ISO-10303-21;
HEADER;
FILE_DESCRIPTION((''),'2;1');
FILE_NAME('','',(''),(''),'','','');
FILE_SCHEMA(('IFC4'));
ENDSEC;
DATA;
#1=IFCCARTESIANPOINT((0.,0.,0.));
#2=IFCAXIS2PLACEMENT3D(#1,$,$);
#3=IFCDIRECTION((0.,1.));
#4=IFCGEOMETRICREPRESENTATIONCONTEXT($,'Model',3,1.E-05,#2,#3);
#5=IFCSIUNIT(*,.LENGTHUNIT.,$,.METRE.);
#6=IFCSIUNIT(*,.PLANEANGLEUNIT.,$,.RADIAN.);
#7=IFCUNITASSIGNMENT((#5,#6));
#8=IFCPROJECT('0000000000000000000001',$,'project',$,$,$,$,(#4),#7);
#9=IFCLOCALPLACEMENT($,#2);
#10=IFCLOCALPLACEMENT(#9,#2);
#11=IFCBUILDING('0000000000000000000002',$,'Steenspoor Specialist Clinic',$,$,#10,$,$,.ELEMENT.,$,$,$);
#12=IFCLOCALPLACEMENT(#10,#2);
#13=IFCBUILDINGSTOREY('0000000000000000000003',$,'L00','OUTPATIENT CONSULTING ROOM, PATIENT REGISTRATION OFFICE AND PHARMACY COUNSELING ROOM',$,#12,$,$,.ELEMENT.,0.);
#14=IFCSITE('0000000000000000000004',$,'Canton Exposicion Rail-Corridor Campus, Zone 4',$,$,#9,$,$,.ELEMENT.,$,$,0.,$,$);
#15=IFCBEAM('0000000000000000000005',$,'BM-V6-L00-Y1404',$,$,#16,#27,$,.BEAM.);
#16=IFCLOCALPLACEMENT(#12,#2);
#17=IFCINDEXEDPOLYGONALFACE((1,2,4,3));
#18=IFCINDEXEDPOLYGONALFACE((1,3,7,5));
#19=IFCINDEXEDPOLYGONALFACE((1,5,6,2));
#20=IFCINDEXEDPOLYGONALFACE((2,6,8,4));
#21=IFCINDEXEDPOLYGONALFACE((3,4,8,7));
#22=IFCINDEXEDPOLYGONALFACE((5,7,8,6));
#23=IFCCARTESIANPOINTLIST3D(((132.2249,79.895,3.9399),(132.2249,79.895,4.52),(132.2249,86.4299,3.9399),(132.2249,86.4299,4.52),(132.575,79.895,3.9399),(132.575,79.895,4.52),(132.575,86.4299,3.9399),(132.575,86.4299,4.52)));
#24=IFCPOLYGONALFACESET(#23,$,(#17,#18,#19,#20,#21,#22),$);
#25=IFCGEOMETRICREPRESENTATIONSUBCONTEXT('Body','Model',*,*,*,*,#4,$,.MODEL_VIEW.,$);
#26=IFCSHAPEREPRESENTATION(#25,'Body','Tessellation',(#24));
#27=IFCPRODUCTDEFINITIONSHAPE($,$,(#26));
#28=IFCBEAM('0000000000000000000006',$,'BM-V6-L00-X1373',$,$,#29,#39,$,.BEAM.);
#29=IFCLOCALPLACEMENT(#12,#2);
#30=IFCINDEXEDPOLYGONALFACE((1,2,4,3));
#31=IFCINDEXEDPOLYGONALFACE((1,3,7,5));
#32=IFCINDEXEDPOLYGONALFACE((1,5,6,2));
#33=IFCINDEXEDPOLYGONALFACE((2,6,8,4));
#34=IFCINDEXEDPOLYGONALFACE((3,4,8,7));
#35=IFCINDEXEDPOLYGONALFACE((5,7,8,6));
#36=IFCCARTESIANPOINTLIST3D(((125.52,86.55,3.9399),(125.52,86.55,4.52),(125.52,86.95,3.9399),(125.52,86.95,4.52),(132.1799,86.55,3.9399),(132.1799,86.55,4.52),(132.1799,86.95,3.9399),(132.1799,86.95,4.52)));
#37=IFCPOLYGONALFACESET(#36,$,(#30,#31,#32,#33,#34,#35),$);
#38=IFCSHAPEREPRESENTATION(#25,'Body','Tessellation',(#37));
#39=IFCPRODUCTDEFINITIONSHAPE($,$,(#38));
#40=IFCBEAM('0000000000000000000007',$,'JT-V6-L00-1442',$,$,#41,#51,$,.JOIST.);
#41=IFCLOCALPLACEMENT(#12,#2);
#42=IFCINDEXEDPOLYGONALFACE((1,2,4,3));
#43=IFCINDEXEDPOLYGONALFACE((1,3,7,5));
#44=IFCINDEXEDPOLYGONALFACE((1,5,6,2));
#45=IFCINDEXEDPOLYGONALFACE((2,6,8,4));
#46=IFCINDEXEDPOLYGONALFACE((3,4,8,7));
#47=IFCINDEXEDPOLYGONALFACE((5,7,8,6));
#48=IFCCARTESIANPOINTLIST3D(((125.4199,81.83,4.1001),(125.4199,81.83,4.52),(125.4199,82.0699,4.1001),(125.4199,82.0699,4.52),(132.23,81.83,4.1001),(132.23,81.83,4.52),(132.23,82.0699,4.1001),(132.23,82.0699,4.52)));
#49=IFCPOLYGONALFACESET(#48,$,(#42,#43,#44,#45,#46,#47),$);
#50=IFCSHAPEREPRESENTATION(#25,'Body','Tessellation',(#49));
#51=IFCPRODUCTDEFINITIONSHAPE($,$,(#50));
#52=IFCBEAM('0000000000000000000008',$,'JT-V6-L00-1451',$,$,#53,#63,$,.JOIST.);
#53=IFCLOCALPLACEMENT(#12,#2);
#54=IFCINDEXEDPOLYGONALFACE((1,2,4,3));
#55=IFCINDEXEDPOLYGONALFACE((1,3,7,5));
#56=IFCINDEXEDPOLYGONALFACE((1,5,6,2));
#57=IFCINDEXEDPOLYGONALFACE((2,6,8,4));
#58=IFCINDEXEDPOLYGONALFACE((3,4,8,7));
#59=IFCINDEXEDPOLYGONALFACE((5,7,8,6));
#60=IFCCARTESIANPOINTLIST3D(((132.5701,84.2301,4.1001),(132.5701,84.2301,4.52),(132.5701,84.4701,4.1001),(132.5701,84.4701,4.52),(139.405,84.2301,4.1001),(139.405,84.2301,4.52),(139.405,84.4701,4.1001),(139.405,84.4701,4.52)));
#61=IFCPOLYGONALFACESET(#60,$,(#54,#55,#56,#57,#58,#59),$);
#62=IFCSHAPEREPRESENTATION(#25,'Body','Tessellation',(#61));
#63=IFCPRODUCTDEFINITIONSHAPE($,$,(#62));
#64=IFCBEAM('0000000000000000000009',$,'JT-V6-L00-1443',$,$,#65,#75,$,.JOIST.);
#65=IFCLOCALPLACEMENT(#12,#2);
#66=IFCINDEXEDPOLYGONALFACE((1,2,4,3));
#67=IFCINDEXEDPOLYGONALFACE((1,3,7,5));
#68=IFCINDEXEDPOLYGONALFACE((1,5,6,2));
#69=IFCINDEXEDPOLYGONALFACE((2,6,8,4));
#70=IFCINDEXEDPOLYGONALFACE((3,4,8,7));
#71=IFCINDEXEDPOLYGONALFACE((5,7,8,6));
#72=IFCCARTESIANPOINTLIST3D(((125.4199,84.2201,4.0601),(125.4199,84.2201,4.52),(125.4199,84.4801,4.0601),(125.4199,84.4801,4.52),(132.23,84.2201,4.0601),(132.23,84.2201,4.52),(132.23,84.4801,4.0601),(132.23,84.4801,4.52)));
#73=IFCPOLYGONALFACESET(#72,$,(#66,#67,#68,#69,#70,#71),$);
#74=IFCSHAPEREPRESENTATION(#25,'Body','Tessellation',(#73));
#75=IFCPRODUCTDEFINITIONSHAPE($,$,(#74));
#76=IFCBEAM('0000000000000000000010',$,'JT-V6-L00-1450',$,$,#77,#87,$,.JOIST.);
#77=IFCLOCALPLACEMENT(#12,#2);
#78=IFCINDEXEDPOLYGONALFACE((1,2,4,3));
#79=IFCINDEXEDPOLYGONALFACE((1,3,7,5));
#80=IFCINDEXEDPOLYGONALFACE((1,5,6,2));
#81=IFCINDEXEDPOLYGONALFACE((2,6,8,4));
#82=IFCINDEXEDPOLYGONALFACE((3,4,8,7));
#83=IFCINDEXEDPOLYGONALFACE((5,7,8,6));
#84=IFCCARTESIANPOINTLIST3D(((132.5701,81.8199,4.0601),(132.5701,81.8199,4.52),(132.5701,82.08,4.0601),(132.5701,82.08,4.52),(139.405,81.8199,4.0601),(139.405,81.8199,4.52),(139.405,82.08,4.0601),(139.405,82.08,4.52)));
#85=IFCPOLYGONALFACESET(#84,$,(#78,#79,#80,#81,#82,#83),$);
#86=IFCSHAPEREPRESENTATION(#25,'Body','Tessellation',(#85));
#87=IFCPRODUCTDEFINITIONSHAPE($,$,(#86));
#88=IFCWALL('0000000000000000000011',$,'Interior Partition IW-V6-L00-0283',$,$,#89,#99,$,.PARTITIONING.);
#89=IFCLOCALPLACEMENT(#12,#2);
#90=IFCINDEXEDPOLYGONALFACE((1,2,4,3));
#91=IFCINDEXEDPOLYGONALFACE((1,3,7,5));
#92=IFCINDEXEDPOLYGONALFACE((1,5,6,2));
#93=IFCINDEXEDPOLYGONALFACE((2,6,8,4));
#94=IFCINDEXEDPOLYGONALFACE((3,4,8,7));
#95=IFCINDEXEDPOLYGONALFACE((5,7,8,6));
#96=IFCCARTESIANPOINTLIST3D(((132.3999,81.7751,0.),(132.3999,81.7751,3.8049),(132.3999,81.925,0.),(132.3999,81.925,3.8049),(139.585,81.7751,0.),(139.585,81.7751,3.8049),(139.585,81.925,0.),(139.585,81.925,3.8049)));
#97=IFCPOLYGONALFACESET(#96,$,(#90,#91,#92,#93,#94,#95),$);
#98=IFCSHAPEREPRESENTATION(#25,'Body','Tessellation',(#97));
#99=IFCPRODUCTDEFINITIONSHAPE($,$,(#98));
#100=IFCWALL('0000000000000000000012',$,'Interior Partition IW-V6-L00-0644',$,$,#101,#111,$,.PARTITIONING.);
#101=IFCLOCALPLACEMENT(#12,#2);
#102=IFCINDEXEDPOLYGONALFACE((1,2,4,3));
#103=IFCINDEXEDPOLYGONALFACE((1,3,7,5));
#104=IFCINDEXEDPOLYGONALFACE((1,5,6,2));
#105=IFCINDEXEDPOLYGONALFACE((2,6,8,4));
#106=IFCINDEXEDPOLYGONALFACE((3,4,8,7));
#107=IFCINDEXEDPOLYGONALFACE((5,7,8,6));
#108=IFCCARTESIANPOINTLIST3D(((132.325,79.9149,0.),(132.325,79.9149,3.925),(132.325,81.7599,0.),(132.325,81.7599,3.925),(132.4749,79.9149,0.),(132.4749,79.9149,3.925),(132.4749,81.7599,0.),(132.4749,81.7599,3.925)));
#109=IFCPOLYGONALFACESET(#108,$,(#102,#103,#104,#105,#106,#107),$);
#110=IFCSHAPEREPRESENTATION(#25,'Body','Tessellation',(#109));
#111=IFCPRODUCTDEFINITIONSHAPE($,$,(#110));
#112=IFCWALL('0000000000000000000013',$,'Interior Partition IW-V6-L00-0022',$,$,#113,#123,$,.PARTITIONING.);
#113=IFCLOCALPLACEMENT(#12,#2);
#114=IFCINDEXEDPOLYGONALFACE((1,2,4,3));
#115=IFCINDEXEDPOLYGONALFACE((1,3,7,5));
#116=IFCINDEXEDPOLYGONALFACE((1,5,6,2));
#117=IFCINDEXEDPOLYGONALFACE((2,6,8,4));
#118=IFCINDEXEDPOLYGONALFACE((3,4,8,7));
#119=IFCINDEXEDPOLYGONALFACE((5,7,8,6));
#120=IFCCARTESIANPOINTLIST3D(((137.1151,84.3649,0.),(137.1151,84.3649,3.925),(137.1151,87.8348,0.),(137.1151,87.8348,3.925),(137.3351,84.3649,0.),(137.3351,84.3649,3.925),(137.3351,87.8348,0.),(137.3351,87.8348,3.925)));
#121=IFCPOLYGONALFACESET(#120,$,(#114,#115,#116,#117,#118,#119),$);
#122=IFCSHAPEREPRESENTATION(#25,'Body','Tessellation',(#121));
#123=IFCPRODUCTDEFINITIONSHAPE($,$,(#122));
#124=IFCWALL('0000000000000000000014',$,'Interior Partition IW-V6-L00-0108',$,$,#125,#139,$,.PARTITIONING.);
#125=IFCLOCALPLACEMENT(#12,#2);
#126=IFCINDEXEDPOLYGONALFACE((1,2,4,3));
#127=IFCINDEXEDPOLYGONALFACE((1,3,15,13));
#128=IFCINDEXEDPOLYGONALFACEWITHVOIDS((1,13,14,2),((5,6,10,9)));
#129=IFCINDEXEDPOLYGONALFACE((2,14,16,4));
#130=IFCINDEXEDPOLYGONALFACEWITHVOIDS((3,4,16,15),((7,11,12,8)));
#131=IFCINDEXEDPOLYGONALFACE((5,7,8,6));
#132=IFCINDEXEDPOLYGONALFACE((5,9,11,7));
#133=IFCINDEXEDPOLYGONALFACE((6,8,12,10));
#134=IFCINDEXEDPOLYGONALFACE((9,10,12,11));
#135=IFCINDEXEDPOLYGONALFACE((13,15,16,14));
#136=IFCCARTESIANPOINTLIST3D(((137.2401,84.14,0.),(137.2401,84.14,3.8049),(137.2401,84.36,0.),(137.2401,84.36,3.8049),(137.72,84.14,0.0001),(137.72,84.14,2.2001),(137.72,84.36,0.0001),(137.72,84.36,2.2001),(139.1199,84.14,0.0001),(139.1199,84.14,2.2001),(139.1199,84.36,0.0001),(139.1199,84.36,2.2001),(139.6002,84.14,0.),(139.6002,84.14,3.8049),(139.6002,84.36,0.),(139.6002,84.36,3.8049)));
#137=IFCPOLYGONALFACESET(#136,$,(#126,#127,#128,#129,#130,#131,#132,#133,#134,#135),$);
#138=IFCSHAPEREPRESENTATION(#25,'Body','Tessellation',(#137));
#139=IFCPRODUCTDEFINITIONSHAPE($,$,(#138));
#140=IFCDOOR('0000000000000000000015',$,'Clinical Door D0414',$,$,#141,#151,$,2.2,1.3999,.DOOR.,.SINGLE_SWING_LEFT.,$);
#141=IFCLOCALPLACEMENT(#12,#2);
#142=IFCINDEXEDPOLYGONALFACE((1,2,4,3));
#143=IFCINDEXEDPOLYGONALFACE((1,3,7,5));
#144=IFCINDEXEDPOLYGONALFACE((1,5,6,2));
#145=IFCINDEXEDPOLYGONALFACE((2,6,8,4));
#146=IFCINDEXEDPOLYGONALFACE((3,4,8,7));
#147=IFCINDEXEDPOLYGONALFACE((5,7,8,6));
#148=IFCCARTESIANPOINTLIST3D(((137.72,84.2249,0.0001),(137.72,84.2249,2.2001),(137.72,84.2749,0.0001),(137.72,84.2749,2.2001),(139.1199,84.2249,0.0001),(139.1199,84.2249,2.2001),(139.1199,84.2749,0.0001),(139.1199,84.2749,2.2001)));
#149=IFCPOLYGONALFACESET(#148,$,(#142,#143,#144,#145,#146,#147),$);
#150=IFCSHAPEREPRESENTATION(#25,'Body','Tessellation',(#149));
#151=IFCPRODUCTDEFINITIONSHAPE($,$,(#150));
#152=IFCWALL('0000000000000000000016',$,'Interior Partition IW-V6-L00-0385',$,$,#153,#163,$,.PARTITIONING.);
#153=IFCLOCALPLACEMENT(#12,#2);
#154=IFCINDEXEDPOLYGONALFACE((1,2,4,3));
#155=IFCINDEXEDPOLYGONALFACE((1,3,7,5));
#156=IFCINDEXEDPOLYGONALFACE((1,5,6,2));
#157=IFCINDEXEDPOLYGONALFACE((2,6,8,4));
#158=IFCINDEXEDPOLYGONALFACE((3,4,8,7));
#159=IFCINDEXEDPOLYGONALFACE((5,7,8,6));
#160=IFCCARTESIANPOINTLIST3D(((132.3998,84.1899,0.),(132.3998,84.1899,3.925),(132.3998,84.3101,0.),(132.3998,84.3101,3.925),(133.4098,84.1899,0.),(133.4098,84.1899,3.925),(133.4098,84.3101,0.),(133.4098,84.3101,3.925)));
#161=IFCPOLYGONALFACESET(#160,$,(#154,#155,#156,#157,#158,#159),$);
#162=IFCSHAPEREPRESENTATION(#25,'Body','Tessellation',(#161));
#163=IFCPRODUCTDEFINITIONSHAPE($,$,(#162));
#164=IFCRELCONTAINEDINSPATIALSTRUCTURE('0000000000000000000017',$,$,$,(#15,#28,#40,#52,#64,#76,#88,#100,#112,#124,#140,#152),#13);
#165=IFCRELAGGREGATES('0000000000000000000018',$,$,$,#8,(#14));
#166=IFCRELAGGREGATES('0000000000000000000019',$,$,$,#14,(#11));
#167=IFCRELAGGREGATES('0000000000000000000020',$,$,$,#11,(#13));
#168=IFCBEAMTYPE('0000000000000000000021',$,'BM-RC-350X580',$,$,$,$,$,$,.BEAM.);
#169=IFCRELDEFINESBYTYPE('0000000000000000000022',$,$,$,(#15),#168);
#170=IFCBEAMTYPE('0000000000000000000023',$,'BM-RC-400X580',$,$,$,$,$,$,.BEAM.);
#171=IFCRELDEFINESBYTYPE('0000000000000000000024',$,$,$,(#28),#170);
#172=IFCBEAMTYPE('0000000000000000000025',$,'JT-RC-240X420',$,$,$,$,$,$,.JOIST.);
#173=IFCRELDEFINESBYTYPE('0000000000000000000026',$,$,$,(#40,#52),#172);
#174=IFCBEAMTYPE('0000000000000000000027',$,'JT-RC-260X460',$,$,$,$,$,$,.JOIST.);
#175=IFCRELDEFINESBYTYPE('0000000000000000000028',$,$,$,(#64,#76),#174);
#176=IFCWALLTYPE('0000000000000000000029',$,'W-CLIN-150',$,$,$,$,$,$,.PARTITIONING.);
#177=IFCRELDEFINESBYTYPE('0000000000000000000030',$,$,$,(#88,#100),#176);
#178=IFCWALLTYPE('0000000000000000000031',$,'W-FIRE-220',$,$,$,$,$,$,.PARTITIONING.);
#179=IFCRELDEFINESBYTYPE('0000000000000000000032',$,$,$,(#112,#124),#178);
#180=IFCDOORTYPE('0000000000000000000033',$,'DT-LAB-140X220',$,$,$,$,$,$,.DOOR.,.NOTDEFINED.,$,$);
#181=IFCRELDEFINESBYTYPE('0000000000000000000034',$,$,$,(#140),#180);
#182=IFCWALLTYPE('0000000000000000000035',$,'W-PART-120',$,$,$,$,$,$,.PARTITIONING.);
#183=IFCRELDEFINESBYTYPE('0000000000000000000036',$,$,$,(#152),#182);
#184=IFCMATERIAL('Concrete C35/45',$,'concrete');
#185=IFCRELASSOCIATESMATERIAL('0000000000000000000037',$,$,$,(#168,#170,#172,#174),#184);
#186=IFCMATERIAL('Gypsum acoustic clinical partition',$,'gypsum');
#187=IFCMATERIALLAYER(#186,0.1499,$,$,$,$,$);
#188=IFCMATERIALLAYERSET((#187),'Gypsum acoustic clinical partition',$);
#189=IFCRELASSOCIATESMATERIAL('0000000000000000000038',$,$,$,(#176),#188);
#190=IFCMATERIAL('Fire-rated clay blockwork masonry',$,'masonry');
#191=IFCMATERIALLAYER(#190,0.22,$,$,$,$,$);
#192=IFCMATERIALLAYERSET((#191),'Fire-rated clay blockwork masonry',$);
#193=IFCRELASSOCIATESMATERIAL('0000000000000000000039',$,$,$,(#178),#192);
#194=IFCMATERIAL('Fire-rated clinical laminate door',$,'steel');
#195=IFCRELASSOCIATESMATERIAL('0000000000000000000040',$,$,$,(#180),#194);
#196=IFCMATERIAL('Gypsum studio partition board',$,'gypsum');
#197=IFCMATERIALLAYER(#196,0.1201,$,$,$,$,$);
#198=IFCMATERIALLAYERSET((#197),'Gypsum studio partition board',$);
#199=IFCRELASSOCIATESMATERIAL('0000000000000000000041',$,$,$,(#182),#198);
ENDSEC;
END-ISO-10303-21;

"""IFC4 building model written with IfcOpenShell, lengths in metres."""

from ifc_helpers import new_model, si_unit, direction, frame, frame_2d, origin, origin_2d, place, context, subcontext, project, spatial, rectangle, extrude, material, layer, layer_set, material_profile, profile_set, type_object, element, fill, save


model = new_model("IFC4")

# Units and contexts
model_context = context("Model", 3, precision=1e-05, world=origin(), true_north=direction((0.0, 1.0)))
body_context = subcontext(model_context, "Body", "Model", "MODEL_VIEW")
ifc_project = project(units=[si_unit("LENGTHUNIT", "METRE"), si_unit("PLANEANGLEUNIT", "RADIAN")], contexts=[model_context])

# Site, building, storey
site_placement = place(None, origin())
site = spatial("IfcSite", under=ifc_project, at=site_placement, Name="Canton Exposicion Rail-Corridor Campus, Zone 4", CompositionType="ELEMENT", RefElevation=0.0)
building_placement = place(site_placement, origin())
building = spatial("IfcBuilding", under=site, at=building_placement, Name="Steenspoor Specialist Clinic", CompositionType="ELEMENT")
storey_placement = place(building_placement, origin())
storey = spatial("IfcBuildingStorey", under=building, at=storey_placement, Name="L00", Description="OUTPATIENT CONSULTING ROOM, PATIENT REGISTRATION OFFICE AND PHARMACY COUNSELING ROOM", CompositionType="ELEMENT", Elevation=0.0)

# Shared definitions
ifc_material_1 = material(Name="Concrete C35/45", Category="concrete")

# Beams
ifc_material_profile_1 = material_profile(ifc_material_1, rectangle(XDim=0.3501, YDim=0.5801, at=origin_2d()), Name="RC-BM-350X580")
ifc_profile_set_1 = profile_set([ifc_material_profile_1], Name="Concrete C35/45")
beam_type_1 = type_object("IfcBeamType", Name="BM-RC-350X580", PredefinedType="BEAM", material=ifc_profile_set_1)
beam_1_placement = place(storey_placement, frame((132.3999, 79.895, 4.23), z_axis=(0.0, 1.0, 0.0), x_axis=(-1.0, 0.0, 0.0)))
element("IfcBeam", 1, at=beam_1_placement, inside=storey, type_object=beam_type_1, Name="BM-V6-L00-Y1404", PredefinedType="BEAM", context=body_context, shape_type="SweptSolid", body=[
    extrude(rectangle(XDim=0.3501, YDim=0.5801, at=origin_2d()), origin(), (0.0, 0.0, 1.0), 6.5349),
])
ifc_material_profile_2 = material_profile(ifc_material_1, rectangle(XDim=0.3999, YDim=0.5801, at=origin_2d()), Name="RC-BM-400X580")
ifc_profile_set_2 = profile_set([ifc_material_profile_2], Name="Concrete C35/45")
beam_type_2 = type_object("IfcBeamType", Name="BM-RC-400X580", PredefinedType="BEAM", material=ifc_profile_set_2)
beam_2_placement = place(storey_placement, frame((125.52, 86.75, 4.23), z_axis=(1.0, 0.0, 0.0), x_axis=(0.0, 1.0, 0.0)))
element("IfcBeam", 2, at=beam_2_placement, inside=storey, type_object=beam_type_2, Name="BM-V6-L00-X1373", PredefinedType="BEAM", context=body_context, shape_type="SweptSolid", body=[
    extrude(rectangle(XDim=0.3999, YDim=0.5801, at=origin_2d()), origin(), (0.0, 0.0, 1.0), 6.6599),
])
ifc_material_profile_3 = material_profile(ifc_material_1, rectangle(XDim=0.24, YDim=0.4199, at=origin_2d()), Name="RC-JT-240X420")
ifc_profile_set_3 = profile_set([ifc_material_profile_3], Name="Concrete C35/45")
beam_type_3 = type_object("IfcBeamType", Name="JT-RC-240X420", PredefinedType="JOIST", material=ifc_profile_set_3)
beam_3_placement = place(storey_placement, frame((125.4199, 81.95, 4.3101), z_axis=(1.0, 0.0, 0.0), x_axis=(0.0, 1.0, 0.0)))
element("IfcBeam", 3, at=beam_3_placement, inside=storey, type_object=beam_type_3, Name="JT-V6-L00-1442", PredefinedType="JOIST", context=body_context, shape_type="SweptSolid", body=[
    extrude(rectangle(XDim=0.24, YDim=0.4199, at=origin_2d()), origin(), (0.0, 0.0, 1.0), 6.8101),
])
beam_4_placement = place(storey_placement, frame((132.5701, 84.3501, 4.3101), z_axis=(1.0, 0.0, 0.0), x_axis=(0.0, 1.0, 0.0)))
element("IfcBeam", 4, at=beam_4_placement, inside=storey, type_object=beam_type_3, Name="JT-V6-L00-1451", PredefinedType="JOIST", context=body_context, shape_type="SweptSolid", body=[
    extrude(rectangle(XDim=0.24, YDim=0.4199, at=origin_2d()), origin(), (0.0, 0.0, 1.0), 6.835),
])
ifc_material_profile_4 = material_profile(ifc_material_1, rectangle(XDim=0.26, YDim=0.46, at=origin_2d()), Name="RC-JT-260X460")
ifc_profile_set_4 = profile_set([ifc_material_profile_4], Name="Concrete C35/45")
beam_type_4 = type_object("IfcBeamType", Name="JT-RC-260X460", PredefinedType="JOIST", material=ifc_profile_set_4)
beam_5_placement = place(storey_placement, frame((125.4199, 84.3501, 4.29), z_axis=(1.0, 0.0, 0.0), x_axis=(0.0, 1.0, 0.0)))
element("IfcBeam", 5, at=beam_5_placement, inside=storey, type_object=beam_type_4, Name="JT-V6-L00-1443", PredefinedType="JOIST", context=body_context, shape_type="SweptSolid", body=[
    extrude(rectangle(XDim=0.26, YDim=0.46, at=origin_2d()), origin(), (0.0, 0.0, 1.0), 6.8101),
])
beam_6_placement = place(storey_placement, frame((132.5701, 81.95, 4.29), z_axis=(1.0, 0.0, 0.0), x_axis=(0.0, 1.0, 0.0)))
element("IfcBeam", 6, at=beam_6_placement, inside=storey, type_object=beam_type_4, Name="JT-V6-L00-1450", PredefinedType="JOIST", context=body_context, shape_type="SweptSolid", body=[
    extrude(rectangle(XDim=0.26, YDim=0.46, at=origin_2d()), origin(), (0.0, 0.0, 1.0), 6.835),
])

# Walls
ifc_material_2 = material(Name="Gypsum acoustic clinical partition", Category="gypsum")
ifc_layer_1 = layer(ifc_material_2, 0.1499)
ifc_layer_set_1 = layer_set([ifc_layer_1], Name="Gypsum acoustic clinical partition")
wall_type_1 = type_object("IfcWallType", Name="W-CLIN-150", PredefinedType="PARTITIONING", material=ifc_layer_set_1)
wall_1_placement = place(storey_placement, frame((132.3999, 81.8501, 0.0), z_axis=(0.0, 0.0, 1.0), x_axis=(1.0, 0.0, 0.0)))
element("IfcWall", 7, at=wall_1_placement, inside=storey, type_object=wall_type_1, Name="Interior Partition IW-V6-L00-0283", PredefinedType="PARTITIONING", context=body_context, shape_type="SweptSolid", body=[
    extrude(rectangle(XDim=7.1851, YDim=0.1499, at=frame_2d((3.5925, 0.0))), origin(), (0.0, 0.0, 1.0), 3.8049),
])
wall_2_placement = place(storey_placement, frame((132.3999, 79.915, 0.0), z_axis=(0.0, 0.0, 1.0), x_axis=(0.0, 1.0, 0.0)))
element("IfcWall", 8, at=wall_2_placement, inside=storey, type_object=wall_type_1, Name="Interior Partition IW-V6-L00-0644", PredefinedType="PARTITIONING", context=body_context, shape_type="SweptSolid", body=[
    extrude(rectangle(XDim=1.845, YDim=0.1499, at=frame_2d((0.9224, 0.0))), origin(), (0.0, 0.0, 1.0), 3.925),
])
ifc_material_3 = material(Name="Fire-rated clay blockwork masonry", Category="masonry")
ifc_layer_2 = layer(ifc_material_3, 0.22)
ifc_layer_set_2 = layer_set([ifc_layer_2], Name="Fire-rated clay blockwork masonry")
wall_type_2 = type_object("IfcWallType", Name="W-FIRE-220", PredefinedType="PARTITIONING", material=ifc_layer_set_2)
wall_3_placement = place(storey_placement, frame((137.2251, 84.365, 0.0), z_axis=(0.0, 0.0, 1.0), x_axis=(0.0, 1.0, 0.0)))
element("IfcWall", 9, at=wall_3_placement, inside=storey, type_object=wall_type_2, Name="Interior Partition IW-V6-L00-0022", PredefinedType="PARTITIONING", context=body_context, shape_type="SweptSolid", body=[
    extrude(rectangle(XDim=3.47, YDim=0.22, at=frame_2d((1.7349, 0.0))), origin(), (0.0, 0.0, 1.0), 3.925),
])

# Wall, opening, door
wall_4_placement = place(storey_placement, frame((137.24, 84.25, 0.0), z_axis=(0.0, 0.0, 1.0), x_axis=(1.0, 0.0, 0.0)))
wall_4 = element("IfcWall", 10, at=wall_4_placement, inside=storey, type_object=wall_type_2, Name="Interior Partition IW-V6-L00-0108", PredefinedType="PARTITIONING", context=body_context, shape_type="SweptSolid", body=[
    extrude(rectangle(XDim=2.3601, YDim=0.22, at=frame_2d((1.1802, 0.0))), origin(), (0.0, 0.0, 1.0), 3.8049),
])
opening_1_placement = place(wall_4_placement, frame((0.48, 0.0, 0.0)))
opening_1 = element("IfcOpeningElement", 11, at=opening_1_placement, cuts=wall_4, PredefinedType="OPENING", context=body_context, shape_type="SweptSolid", body=[
    extrude(rectangle(XDim=1.3999, YDim=2.2, at=frame_2d((0.7, 1.1001))), frame((0.0, 0.1201, 0.0), z_axis=(0.0, -1.0, 0.0), x_axis=(1.0, 0.0, 0.0)), (0.0, 0.0, 1.0), 0.24),
])
ifc_material_4 = material(Name="Fire-rated clinical laminate door", Category="steel")
door_type = type_object("IfcDoorType", Name="DT-LAB-140X220", OperationType="NOTDEFINED", PredefinedType="DOOR", material=ifc_material_4)
door_1_placement = place(opening_1_placement, origin())
door_1 = element("IfcDoor", 12, at=door_1_placement, inside=storey, type_object=door_type, Name="Clinical Door D0414", OperationType="SINGLE_SWING_LEFT", OverallHeight=2.2, OverallWidth=1.3999, PredefinedType="DOOR", context=body_context, shape_type="SweptSolid", body=[
    extrude(rectangle(XDim=1.3999, YDim=2.2, at=frame_2d((0.7, 1.1001))), frame((0.0, 0.0249, 0.0), z_axis=(0.0, -1.0, 0.0), x_axis=(1.0, 0.0, 0.0)), (0.0, 0.0, 1.0), 0.05),
])
fill(opening_1, door_1)

# Wall
ifc_material_5 = material(Name="Gypsum studio partition board", Category="gypsum")
ifc_layer_3 = layer(ifc_material_5, 0.1201)
ifc_layer_set_3 = layer_set([ifc_layer_3], Name="Gypsum studio partition board")
wall_type_3 = type_object("IfcWallType", Name="W-PART-120", PredefinedType="PARTITIONING", material=ifc_layer_set_3)
wall_5_placement = place(storey_placement, frame((132.3999, 84.25, 0.0), z_axis=(0.0, 0.0, 1.0), x_axis=(1.0, 0.0, 0.0)))
element("IfcWall", 13, at=wall_5_placement, inside=storey, type_object=wall_type_3, Name="Interior Partition IW-V6-L00-0385", PredefinedType="PARTITIONING", context=body_context, shape_type="SweptSolid", body=[
    extrude(rectangle(XDim=1.01, YDim=0.1201, at=frame_2d((0.5049, 0.0))), origin(), (0.0, 0.0, 1.0), 3.925),
])

save(model, "model.ifc")
